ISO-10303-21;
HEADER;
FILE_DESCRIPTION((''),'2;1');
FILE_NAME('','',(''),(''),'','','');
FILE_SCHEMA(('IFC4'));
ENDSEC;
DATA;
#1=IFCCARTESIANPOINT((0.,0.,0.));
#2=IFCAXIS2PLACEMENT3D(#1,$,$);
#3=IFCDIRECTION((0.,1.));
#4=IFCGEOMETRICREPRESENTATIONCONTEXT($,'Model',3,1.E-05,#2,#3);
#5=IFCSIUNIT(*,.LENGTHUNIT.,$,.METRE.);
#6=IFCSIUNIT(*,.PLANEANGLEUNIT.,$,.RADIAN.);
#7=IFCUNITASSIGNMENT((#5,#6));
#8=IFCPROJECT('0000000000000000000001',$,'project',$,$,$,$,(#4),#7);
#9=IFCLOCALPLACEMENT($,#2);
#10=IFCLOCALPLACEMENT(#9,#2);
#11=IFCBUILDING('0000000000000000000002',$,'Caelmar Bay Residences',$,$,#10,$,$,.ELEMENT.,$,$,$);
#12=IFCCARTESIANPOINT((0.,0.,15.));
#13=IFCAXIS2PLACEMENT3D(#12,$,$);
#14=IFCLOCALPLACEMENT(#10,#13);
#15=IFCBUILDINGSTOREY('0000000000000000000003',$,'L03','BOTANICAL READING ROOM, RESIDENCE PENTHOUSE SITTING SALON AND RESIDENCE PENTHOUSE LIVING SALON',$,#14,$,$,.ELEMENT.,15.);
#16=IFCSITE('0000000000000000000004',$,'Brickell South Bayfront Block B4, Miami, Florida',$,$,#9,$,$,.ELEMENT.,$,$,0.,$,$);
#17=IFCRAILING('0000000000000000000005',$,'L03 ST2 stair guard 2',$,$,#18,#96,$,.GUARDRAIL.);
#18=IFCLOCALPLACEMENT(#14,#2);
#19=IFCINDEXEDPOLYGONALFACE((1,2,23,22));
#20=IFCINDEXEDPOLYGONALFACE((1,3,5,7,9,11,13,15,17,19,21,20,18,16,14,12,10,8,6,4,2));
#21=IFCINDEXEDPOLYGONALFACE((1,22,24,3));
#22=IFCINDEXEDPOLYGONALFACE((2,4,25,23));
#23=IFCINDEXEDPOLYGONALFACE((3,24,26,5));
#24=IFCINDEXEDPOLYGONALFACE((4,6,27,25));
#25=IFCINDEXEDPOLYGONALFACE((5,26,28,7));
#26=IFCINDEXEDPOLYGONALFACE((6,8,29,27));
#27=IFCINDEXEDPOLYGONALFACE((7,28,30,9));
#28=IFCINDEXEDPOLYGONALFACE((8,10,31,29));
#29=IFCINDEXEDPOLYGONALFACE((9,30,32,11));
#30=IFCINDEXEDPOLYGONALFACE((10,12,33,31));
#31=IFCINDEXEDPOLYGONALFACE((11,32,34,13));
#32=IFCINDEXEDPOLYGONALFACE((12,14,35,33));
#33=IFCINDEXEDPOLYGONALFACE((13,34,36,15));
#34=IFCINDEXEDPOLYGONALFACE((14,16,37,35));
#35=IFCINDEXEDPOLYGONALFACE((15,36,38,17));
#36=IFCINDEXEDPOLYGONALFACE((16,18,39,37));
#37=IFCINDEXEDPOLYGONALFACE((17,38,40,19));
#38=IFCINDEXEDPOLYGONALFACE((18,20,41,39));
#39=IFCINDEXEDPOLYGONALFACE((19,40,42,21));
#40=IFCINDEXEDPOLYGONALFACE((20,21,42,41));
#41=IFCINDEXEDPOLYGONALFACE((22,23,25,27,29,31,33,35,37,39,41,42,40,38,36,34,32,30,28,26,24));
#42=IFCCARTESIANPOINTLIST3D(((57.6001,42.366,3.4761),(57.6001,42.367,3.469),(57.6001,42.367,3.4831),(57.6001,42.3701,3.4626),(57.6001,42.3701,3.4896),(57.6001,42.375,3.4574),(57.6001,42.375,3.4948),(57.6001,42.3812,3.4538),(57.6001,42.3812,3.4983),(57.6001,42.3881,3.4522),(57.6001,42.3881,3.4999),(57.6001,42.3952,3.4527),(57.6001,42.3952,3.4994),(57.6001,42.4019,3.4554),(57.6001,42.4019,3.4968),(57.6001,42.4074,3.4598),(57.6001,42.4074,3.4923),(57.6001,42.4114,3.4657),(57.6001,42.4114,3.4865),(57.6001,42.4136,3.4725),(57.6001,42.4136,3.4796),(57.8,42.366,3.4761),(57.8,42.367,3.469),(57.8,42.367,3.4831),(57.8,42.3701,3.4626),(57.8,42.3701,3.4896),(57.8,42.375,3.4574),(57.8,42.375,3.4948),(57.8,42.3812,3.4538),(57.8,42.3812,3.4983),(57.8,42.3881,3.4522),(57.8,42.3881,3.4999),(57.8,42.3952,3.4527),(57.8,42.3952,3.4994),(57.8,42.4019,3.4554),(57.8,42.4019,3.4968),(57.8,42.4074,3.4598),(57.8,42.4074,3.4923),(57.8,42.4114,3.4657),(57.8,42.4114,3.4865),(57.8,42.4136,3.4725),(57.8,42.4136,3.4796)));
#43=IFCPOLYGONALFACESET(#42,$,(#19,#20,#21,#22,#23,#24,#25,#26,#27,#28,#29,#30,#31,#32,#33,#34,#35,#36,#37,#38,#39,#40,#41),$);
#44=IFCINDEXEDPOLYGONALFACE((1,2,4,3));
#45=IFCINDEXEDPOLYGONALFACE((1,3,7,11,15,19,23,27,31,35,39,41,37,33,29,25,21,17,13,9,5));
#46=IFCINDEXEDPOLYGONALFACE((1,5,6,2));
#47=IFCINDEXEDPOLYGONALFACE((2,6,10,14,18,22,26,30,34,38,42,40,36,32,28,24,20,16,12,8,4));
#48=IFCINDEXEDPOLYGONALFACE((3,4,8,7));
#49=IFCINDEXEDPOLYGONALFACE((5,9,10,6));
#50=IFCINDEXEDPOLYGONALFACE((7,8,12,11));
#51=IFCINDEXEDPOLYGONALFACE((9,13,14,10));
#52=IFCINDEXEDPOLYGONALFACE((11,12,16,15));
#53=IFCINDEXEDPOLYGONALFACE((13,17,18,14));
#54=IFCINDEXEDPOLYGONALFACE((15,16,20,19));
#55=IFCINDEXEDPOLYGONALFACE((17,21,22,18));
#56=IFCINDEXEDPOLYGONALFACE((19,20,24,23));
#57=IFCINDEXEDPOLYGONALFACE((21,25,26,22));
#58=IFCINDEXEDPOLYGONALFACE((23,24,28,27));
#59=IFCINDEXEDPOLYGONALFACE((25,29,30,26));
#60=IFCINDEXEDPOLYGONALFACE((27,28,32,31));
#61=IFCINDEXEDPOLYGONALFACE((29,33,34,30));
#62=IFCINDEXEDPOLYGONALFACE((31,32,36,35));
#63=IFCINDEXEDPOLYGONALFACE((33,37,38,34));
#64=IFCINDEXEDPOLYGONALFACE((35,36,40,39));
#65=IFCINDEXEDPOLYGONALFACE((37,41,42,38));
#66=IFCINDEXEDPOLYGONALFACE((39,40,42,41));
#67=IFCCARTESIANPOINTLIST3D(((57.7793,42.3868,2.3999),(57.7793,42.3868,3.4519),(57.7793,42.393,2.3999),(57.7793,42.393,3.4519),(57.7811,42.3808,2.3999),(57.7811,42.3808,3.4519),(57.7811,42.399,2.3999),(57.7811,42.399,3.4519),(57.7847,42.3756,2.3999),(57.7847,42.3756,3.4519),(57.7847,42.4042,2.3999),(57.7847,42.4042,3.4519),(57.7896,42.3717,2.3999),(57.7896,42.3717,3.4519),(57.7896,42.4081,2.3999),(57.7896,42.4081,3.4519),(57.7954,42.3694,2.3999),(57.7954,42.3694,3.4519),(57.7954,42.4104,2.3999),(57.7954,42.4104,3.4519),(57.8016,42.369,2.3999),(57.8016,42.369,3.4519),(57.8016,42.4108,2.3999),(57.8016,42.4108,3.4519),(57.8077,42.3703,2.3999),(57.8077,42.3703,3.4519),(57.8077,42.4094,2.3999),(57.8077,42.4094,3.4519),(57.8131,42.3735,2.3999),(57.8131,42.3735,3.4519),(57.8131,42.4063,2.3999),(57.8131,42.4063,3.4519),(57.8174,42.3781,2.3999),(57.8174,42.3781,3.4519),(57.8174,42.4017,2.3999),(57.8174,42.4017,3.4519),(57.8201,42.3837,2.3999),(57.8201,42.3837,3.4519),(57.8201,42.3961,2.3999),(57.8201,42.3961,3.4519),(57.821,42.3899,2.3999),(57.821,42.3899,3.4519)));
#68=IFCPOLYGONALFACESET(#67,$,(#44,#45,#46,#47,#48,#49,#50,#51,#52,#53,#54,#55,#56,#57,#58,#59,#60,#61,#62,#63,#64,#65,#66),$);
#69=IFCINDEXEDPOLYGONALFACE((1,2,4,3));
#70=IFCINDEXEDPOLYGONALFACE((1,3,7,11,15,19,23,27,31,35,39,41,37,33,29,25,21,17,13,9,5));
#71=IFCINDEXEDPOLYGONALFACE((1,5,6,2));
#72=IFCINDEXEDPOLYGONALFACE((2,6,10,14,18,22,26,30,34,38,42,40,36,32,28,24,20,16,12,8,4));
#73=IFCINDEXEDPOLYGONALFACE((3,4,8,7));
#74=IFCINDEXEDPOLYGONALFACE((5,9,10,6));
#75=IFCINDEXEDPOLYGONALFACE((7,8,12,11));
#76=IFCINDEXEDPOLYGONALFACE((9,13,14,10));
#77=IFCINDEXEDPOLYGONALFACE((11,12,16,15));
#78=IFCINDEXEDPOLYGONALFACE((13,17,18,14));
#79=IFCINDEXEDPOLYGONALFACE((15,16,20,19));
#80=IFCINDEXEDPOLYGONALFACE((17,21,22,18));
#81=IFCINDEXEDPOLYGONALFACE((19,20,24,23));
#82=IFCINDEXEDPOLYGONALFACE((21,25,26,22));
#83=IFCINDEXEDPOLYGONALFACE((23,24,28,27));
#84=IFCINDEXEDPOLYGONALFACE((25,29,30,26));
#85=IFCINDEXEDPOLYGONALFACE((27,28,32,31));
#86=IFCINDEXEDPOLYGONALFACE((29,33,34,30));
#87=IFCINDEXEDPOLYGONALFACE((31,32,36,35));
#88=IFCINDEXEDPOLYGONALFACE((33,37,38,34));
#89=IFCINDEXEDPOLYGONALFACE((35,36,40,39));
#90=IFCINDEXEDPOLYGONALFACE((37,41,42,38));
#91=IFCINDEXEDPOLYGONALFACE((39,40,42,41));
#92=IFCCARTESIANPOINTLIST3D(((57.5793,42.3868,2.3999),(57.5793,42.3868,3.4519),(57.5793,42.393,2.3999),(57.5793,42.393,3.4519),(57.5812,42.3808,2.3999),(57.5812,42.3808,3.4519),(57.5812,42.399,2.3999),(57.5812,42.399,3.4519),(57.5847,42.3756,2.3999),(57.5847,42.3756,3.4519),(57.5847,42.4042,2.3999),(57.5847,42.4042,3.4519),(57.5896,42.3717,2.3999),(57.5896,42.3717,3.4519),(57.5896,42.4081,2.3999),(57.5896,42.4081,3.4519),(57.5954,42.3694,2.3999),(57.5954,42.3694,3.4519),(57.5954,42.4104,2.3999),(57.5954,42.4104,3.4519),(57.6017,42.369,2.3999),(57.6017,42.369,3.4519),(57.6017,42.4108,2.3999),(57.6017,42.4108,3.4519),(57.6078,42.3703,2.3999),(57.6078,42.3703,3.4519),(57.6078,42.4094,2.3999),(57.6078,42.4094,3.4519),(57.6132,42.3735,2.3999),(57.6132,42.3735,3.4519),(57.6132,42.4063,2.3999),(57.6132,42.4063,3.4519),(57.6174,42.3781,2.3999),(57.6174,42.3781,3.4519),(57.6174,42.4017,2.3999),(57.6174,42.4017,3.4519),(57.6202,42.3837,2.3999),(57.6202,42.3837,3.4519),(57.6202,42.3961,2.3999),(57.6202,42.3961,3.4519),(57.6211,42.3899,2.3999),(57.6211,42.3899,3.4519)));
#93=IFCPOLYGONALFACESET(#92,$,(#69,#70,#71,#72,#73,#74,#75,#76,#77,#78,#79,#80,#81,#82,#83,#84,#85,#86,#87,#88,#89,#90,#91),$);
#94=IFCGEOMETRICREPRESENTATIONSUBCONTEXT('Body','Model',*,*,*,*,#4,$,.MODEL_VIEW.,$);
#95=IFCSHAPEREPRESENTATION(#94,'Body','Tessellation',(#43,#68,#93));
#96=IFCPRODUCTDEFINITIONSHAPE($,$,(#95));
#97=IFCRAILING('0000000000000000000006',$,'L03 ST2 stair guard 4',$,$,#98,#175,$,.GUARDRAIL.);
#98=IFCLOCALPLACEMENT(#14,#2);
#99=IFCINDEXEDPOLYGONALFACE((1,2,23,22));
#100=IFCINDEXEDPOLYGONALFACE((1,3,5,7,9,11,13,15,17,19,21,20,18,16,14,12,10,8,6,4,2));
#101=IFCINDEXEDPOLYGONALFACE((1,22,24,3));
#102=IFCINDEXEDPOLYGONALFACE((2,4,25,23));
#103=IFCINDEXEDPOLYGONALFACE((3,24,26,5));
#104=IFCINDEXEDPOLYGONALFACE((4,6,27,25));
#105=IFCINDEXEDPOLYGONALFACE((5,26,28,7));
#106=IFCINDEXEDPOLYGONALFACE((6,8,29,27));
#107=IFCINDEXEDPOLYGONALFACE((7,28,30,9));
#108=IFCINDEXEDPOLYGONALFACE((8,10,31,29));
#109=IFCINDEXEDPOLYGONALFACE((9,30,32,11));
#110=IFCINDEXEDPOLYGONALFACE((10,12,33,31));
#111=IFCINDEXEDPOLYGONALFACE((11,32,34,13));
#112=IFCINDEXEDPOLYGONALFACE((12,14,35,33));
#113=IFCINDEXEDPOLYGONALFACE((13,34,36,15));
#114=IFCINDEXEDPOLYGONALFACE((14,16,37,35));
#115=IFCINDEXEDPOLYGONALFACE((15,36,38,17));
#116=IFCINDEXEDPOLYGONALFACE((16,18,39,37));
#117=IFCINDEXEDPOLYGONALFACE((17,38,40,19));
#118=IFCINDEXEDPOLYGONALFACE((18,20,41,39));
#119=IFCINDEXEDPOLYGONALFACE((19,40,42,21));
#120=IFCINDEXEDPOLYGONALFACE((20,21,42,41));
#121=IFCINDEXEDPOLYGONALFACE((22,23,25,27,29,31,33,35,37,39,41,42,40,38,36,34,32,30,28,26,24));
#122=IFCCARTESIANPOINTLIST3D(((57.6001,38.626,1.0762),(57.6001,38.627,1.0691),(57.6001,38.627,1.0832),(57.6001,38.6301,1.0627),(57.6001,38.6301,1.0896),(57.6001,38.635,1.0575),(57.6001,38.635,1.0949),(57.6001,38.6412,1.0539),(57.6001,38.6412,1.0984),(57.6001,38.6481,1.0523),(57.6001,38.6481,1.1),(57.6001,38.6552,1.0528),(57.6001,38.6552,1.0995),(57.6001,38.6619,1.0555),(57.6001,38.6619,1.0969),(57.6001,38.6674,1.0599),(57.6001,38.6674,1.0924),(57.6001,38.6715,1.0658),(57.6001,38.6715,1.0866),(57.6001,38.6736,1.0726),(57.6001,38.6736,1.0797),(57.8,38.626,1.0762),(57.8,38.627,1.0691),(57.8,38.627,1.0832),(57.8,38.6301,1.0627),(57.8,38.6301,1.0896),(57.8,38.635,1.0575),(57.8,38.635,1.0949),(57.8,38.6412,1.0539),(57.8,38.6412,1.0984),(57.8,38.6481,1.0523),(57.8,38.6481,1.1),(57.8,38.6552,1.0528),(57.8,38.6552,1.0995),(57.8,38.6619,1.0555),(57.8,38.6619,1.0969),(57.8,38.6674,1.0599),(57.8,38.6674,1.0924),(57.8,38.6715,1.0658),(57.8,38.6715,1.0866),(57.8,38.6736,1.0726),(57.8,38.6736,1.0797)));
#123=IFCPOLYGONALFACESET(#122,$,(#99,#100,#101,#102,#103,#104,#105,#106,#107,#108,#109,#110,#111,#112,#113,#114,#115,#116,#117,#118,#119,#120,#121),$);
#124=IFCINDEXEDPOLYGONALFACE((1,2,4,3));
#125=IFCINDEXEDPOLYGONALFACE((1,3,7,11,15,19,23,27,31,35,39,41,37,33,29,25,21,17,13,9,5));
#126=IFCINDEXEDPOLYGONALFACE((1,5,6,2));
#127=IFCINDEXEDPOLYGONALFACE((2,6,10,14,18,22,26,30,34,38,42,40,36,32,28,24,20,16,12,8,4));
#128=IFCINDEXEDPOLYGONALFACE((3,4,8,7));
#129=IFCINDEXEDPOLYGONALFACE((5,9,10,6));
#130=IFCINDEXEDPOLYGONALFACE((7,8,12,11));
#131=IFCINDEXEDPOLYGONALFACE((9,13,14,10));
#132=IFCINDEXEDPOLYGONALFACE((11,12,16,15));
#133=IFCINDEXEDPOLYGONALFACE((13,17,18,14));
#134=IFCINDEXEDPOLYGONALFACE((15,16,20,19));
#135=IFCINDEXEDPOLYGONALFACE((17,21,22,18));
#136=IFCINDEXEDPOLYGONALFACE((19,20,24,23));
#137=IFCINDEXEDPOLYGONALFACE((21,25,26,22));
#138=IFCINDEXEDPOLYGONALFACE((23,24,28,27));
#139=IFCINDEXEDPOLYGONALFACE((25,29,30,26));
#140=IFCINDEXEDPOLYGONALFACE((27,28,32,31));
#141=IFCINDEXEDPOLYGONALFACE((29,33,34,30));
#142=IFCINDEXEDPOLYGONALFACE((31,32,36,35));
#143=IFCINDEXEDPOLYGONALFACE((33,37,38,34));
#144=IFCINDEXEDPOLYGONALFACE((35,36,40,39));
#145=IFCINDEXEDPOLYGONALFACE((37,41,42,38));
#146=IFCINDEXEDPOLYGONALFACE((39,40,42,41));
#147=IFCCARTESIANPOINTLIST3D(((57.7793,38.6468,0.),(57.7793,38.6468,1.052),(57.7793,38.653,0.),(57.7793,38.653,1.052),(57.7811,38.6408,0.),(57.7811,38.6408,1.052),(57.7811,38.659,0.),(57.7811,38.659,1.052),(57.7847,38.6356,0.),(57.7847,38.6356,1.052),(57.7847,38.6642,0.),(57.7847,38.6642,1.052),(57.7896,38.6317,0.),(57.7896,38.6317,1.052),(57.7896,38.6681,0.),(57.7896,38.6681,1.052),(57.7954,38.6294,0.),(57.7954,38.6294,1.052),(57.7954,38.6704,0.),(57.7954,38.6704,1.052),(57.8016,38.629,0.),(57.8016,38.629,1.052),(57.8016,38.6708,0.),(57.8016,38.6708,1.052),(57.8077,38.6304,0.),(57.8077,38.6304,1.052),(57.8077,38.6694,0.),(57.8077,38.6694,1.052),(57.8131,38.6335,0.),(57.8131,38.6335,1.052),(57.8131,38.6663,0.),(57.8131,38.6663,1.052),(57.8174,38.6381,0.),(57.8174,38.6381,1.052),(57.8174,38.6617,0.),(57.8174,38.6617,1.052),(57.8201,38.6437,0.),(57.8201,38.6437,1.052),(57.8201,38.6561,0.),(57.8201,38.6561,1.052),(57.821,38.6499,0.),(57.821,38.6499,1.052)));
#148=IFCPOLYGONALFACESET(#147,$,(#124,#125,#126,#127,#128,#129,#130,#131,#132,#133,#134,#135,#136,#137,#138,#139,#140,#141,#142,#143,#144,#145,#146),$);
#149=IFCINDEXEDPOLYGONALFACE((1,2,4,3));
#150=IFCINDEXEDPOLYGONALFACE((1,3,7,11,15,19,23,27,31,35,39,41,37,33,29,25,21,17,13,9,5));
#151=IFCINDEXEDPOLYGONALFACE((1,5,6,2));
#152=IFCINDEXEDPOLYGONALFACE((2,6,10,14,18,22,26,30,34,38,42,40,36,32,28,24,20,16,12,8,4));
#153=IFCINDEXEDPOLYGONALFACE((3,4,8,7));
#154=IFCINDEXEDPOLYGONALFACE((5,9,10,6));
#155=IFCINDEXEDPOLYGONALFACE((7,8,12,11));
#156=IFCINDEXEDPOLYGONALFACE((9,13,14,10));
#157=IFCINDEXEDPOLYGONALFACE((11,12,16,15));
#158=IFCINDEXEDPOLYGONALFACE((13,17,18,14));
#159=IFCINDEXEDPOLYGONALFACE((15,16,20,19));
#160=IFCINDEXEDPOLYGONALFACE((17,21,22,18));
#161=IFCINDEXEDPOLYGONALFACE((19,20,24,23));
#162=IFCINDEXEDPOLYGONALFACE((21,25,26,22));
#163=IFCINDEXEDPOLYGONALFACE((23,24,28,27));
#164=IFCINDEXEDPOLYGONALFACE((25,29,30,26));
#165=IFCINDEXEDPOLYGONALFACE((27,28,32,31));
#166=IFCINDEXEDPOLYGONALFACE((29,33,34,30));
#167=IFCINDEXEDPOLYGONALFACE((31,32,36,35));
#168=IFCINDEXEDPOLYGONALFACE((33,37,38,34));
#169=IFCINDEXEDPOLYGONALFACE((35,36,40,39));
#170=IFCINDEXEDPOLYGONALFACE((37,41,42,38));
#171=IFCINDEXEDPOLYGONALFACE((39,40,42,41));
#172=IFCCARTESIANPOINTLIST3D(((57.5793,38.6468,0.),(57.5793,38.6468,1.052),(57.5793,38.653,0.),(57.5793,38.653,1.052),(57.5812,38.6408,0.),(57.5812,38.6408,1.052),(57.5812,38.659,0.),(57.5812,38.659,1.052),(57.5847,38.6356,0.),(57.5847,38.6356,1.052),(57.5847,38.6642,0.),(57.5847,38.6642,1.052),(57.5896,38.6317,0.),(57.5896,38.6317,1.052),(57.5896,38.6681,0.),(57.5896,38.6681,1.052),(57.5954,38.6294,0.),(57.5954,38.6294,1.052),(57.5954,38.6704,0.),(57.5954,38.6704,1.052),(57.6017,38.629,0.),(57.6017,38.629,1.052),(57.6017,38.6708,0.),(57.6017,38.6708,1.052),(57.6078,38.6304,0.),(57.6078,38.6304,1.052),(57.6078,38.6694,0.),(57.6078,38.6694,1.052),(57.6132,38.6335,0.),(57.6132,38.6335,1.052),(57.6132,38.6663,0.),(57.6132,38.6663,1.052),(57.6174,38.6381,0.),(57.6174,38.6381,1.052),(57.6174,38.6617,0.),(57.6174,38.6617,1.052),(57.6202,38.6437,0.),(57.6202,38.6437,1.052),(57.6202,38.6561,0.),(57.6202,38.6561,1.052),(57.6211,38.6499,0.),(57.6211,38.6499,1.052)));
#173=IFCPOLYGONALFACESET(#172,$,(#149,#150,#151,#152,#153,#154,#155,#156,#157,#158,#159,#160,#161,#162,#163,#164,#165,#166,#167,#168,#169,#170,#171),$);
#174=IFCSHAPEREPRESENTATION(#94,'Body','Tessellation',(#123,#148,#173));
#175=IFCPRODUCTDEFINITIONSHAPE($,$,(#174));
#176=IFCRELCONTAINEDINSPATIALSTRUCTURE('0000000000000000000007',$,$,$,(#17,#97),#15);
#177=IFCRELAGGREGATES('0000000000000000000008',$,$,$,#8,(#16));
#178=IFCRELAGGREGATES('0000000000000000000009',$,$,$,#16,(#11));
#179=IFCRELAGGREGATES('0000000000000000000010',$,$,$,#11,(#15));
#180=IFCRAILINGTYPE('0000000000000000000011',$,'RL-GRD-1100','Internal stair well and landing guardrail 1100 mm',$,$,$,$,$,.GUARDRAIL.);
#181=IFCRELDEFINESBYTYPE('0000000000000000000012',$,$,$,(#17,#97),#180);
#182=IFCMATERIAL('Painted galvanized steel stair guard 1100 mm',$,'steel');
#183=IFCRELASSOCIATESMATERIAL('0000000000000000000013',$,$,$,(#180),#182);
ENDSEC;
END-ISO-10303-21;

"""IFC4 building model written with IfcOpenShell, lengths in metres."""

from ifc_helpers import new_model, si_unit, direction, frame, origin, origin_2d, place, context, subcontext, project, spatial, circle, extrude, material, type_object, element, save


model = new_model("IFC4")

# Units and contexts
model_context = context("Model", 3, precision=1e-05, world=origin(), true_north=direction((0.0, 1.0)))
body_context = subcontext(model_context, "Body", "Model", "MODEL_VIEW")
ifc_project = project(units=[si_unit("LENGTHUNIT", "METRE"), si_unit("PLANEANGLEUNIT", "RADIAN")], contexts=[model_context])

# Site, building, storey
site_placement = place(None, origin())
site = spatial("IfcSite", under=ifc_project, at=site_placement, Name="Brickell South Bayfront Block B4, Miami, Florida", CompositionType="ELEMENT", RefElevation=0.0)
building_placement = place(site_placement, origin())
building = spatial("IfcBuilding", under=site, at=building_placement, Name="Caelmar Bay Residences", CompositionType="ELEMENT")
storey_placement = place(building_placement, frame((0.0, 0.0, 15.0)))
storey = spatial("IfcBuildingStorey", under=building, at=storey_placement, Name="L03", Description="BOTANICAL READING ROOM, RESIDENCE PENTHOUSE SITTING SALON AND RESIDENCE PENTHOUSE LIVING SALON", CompositionType="ELEMENT", Elevation=15.0)

# Railings
ifc_material_1 = material(Name="Painted galvanized steel stair guard 1100 mm", Category="steel")
railing_type_1 = type_object("IfcRailingType", Name="RL-GRD-1100", Description="Internal stair well and landing guardrail 1100 mm", PredefinedType="GUARDRAIL", material=ifc_material_1)
for number, where, name in (
    (1, (57.8, 42.3899, 2.3999), "L03 ST2 stair guard 2"),
    (2, (57.8, 38.6499, 0.0), "L03 ST2 stair guard 4"),
):
    element("IfcRailing", number, at=place(storey_placement, frame(where)), inside=storey, type_object=railing_type_1, Name=name, PredefinedType="GUARDRAIL", context=body_context, shape_type="SweptSolid", body=[
        extrude(circle(Radius=0.0239, at=origin_2d()), frame((0.0, 0.0, 1.0762), z_axis=(-1.0, 0.0, 0.0), x_axis=(0.0, -1.0, 0.0)), (0.0, 0.0, 1.0), 0.2),
        extrude(circle(Radius=0.021, at=origin_2d()), origin(), (0.0, 0.0, 1.0), 1.052),
        extrude(circle(Radius=0.021, at=origin_2d()), frame((-0.2, 0.0, 0.0)), (0.0, 0.0, 1.0), 1.052),
    ])

save(model, "model.ifc")
